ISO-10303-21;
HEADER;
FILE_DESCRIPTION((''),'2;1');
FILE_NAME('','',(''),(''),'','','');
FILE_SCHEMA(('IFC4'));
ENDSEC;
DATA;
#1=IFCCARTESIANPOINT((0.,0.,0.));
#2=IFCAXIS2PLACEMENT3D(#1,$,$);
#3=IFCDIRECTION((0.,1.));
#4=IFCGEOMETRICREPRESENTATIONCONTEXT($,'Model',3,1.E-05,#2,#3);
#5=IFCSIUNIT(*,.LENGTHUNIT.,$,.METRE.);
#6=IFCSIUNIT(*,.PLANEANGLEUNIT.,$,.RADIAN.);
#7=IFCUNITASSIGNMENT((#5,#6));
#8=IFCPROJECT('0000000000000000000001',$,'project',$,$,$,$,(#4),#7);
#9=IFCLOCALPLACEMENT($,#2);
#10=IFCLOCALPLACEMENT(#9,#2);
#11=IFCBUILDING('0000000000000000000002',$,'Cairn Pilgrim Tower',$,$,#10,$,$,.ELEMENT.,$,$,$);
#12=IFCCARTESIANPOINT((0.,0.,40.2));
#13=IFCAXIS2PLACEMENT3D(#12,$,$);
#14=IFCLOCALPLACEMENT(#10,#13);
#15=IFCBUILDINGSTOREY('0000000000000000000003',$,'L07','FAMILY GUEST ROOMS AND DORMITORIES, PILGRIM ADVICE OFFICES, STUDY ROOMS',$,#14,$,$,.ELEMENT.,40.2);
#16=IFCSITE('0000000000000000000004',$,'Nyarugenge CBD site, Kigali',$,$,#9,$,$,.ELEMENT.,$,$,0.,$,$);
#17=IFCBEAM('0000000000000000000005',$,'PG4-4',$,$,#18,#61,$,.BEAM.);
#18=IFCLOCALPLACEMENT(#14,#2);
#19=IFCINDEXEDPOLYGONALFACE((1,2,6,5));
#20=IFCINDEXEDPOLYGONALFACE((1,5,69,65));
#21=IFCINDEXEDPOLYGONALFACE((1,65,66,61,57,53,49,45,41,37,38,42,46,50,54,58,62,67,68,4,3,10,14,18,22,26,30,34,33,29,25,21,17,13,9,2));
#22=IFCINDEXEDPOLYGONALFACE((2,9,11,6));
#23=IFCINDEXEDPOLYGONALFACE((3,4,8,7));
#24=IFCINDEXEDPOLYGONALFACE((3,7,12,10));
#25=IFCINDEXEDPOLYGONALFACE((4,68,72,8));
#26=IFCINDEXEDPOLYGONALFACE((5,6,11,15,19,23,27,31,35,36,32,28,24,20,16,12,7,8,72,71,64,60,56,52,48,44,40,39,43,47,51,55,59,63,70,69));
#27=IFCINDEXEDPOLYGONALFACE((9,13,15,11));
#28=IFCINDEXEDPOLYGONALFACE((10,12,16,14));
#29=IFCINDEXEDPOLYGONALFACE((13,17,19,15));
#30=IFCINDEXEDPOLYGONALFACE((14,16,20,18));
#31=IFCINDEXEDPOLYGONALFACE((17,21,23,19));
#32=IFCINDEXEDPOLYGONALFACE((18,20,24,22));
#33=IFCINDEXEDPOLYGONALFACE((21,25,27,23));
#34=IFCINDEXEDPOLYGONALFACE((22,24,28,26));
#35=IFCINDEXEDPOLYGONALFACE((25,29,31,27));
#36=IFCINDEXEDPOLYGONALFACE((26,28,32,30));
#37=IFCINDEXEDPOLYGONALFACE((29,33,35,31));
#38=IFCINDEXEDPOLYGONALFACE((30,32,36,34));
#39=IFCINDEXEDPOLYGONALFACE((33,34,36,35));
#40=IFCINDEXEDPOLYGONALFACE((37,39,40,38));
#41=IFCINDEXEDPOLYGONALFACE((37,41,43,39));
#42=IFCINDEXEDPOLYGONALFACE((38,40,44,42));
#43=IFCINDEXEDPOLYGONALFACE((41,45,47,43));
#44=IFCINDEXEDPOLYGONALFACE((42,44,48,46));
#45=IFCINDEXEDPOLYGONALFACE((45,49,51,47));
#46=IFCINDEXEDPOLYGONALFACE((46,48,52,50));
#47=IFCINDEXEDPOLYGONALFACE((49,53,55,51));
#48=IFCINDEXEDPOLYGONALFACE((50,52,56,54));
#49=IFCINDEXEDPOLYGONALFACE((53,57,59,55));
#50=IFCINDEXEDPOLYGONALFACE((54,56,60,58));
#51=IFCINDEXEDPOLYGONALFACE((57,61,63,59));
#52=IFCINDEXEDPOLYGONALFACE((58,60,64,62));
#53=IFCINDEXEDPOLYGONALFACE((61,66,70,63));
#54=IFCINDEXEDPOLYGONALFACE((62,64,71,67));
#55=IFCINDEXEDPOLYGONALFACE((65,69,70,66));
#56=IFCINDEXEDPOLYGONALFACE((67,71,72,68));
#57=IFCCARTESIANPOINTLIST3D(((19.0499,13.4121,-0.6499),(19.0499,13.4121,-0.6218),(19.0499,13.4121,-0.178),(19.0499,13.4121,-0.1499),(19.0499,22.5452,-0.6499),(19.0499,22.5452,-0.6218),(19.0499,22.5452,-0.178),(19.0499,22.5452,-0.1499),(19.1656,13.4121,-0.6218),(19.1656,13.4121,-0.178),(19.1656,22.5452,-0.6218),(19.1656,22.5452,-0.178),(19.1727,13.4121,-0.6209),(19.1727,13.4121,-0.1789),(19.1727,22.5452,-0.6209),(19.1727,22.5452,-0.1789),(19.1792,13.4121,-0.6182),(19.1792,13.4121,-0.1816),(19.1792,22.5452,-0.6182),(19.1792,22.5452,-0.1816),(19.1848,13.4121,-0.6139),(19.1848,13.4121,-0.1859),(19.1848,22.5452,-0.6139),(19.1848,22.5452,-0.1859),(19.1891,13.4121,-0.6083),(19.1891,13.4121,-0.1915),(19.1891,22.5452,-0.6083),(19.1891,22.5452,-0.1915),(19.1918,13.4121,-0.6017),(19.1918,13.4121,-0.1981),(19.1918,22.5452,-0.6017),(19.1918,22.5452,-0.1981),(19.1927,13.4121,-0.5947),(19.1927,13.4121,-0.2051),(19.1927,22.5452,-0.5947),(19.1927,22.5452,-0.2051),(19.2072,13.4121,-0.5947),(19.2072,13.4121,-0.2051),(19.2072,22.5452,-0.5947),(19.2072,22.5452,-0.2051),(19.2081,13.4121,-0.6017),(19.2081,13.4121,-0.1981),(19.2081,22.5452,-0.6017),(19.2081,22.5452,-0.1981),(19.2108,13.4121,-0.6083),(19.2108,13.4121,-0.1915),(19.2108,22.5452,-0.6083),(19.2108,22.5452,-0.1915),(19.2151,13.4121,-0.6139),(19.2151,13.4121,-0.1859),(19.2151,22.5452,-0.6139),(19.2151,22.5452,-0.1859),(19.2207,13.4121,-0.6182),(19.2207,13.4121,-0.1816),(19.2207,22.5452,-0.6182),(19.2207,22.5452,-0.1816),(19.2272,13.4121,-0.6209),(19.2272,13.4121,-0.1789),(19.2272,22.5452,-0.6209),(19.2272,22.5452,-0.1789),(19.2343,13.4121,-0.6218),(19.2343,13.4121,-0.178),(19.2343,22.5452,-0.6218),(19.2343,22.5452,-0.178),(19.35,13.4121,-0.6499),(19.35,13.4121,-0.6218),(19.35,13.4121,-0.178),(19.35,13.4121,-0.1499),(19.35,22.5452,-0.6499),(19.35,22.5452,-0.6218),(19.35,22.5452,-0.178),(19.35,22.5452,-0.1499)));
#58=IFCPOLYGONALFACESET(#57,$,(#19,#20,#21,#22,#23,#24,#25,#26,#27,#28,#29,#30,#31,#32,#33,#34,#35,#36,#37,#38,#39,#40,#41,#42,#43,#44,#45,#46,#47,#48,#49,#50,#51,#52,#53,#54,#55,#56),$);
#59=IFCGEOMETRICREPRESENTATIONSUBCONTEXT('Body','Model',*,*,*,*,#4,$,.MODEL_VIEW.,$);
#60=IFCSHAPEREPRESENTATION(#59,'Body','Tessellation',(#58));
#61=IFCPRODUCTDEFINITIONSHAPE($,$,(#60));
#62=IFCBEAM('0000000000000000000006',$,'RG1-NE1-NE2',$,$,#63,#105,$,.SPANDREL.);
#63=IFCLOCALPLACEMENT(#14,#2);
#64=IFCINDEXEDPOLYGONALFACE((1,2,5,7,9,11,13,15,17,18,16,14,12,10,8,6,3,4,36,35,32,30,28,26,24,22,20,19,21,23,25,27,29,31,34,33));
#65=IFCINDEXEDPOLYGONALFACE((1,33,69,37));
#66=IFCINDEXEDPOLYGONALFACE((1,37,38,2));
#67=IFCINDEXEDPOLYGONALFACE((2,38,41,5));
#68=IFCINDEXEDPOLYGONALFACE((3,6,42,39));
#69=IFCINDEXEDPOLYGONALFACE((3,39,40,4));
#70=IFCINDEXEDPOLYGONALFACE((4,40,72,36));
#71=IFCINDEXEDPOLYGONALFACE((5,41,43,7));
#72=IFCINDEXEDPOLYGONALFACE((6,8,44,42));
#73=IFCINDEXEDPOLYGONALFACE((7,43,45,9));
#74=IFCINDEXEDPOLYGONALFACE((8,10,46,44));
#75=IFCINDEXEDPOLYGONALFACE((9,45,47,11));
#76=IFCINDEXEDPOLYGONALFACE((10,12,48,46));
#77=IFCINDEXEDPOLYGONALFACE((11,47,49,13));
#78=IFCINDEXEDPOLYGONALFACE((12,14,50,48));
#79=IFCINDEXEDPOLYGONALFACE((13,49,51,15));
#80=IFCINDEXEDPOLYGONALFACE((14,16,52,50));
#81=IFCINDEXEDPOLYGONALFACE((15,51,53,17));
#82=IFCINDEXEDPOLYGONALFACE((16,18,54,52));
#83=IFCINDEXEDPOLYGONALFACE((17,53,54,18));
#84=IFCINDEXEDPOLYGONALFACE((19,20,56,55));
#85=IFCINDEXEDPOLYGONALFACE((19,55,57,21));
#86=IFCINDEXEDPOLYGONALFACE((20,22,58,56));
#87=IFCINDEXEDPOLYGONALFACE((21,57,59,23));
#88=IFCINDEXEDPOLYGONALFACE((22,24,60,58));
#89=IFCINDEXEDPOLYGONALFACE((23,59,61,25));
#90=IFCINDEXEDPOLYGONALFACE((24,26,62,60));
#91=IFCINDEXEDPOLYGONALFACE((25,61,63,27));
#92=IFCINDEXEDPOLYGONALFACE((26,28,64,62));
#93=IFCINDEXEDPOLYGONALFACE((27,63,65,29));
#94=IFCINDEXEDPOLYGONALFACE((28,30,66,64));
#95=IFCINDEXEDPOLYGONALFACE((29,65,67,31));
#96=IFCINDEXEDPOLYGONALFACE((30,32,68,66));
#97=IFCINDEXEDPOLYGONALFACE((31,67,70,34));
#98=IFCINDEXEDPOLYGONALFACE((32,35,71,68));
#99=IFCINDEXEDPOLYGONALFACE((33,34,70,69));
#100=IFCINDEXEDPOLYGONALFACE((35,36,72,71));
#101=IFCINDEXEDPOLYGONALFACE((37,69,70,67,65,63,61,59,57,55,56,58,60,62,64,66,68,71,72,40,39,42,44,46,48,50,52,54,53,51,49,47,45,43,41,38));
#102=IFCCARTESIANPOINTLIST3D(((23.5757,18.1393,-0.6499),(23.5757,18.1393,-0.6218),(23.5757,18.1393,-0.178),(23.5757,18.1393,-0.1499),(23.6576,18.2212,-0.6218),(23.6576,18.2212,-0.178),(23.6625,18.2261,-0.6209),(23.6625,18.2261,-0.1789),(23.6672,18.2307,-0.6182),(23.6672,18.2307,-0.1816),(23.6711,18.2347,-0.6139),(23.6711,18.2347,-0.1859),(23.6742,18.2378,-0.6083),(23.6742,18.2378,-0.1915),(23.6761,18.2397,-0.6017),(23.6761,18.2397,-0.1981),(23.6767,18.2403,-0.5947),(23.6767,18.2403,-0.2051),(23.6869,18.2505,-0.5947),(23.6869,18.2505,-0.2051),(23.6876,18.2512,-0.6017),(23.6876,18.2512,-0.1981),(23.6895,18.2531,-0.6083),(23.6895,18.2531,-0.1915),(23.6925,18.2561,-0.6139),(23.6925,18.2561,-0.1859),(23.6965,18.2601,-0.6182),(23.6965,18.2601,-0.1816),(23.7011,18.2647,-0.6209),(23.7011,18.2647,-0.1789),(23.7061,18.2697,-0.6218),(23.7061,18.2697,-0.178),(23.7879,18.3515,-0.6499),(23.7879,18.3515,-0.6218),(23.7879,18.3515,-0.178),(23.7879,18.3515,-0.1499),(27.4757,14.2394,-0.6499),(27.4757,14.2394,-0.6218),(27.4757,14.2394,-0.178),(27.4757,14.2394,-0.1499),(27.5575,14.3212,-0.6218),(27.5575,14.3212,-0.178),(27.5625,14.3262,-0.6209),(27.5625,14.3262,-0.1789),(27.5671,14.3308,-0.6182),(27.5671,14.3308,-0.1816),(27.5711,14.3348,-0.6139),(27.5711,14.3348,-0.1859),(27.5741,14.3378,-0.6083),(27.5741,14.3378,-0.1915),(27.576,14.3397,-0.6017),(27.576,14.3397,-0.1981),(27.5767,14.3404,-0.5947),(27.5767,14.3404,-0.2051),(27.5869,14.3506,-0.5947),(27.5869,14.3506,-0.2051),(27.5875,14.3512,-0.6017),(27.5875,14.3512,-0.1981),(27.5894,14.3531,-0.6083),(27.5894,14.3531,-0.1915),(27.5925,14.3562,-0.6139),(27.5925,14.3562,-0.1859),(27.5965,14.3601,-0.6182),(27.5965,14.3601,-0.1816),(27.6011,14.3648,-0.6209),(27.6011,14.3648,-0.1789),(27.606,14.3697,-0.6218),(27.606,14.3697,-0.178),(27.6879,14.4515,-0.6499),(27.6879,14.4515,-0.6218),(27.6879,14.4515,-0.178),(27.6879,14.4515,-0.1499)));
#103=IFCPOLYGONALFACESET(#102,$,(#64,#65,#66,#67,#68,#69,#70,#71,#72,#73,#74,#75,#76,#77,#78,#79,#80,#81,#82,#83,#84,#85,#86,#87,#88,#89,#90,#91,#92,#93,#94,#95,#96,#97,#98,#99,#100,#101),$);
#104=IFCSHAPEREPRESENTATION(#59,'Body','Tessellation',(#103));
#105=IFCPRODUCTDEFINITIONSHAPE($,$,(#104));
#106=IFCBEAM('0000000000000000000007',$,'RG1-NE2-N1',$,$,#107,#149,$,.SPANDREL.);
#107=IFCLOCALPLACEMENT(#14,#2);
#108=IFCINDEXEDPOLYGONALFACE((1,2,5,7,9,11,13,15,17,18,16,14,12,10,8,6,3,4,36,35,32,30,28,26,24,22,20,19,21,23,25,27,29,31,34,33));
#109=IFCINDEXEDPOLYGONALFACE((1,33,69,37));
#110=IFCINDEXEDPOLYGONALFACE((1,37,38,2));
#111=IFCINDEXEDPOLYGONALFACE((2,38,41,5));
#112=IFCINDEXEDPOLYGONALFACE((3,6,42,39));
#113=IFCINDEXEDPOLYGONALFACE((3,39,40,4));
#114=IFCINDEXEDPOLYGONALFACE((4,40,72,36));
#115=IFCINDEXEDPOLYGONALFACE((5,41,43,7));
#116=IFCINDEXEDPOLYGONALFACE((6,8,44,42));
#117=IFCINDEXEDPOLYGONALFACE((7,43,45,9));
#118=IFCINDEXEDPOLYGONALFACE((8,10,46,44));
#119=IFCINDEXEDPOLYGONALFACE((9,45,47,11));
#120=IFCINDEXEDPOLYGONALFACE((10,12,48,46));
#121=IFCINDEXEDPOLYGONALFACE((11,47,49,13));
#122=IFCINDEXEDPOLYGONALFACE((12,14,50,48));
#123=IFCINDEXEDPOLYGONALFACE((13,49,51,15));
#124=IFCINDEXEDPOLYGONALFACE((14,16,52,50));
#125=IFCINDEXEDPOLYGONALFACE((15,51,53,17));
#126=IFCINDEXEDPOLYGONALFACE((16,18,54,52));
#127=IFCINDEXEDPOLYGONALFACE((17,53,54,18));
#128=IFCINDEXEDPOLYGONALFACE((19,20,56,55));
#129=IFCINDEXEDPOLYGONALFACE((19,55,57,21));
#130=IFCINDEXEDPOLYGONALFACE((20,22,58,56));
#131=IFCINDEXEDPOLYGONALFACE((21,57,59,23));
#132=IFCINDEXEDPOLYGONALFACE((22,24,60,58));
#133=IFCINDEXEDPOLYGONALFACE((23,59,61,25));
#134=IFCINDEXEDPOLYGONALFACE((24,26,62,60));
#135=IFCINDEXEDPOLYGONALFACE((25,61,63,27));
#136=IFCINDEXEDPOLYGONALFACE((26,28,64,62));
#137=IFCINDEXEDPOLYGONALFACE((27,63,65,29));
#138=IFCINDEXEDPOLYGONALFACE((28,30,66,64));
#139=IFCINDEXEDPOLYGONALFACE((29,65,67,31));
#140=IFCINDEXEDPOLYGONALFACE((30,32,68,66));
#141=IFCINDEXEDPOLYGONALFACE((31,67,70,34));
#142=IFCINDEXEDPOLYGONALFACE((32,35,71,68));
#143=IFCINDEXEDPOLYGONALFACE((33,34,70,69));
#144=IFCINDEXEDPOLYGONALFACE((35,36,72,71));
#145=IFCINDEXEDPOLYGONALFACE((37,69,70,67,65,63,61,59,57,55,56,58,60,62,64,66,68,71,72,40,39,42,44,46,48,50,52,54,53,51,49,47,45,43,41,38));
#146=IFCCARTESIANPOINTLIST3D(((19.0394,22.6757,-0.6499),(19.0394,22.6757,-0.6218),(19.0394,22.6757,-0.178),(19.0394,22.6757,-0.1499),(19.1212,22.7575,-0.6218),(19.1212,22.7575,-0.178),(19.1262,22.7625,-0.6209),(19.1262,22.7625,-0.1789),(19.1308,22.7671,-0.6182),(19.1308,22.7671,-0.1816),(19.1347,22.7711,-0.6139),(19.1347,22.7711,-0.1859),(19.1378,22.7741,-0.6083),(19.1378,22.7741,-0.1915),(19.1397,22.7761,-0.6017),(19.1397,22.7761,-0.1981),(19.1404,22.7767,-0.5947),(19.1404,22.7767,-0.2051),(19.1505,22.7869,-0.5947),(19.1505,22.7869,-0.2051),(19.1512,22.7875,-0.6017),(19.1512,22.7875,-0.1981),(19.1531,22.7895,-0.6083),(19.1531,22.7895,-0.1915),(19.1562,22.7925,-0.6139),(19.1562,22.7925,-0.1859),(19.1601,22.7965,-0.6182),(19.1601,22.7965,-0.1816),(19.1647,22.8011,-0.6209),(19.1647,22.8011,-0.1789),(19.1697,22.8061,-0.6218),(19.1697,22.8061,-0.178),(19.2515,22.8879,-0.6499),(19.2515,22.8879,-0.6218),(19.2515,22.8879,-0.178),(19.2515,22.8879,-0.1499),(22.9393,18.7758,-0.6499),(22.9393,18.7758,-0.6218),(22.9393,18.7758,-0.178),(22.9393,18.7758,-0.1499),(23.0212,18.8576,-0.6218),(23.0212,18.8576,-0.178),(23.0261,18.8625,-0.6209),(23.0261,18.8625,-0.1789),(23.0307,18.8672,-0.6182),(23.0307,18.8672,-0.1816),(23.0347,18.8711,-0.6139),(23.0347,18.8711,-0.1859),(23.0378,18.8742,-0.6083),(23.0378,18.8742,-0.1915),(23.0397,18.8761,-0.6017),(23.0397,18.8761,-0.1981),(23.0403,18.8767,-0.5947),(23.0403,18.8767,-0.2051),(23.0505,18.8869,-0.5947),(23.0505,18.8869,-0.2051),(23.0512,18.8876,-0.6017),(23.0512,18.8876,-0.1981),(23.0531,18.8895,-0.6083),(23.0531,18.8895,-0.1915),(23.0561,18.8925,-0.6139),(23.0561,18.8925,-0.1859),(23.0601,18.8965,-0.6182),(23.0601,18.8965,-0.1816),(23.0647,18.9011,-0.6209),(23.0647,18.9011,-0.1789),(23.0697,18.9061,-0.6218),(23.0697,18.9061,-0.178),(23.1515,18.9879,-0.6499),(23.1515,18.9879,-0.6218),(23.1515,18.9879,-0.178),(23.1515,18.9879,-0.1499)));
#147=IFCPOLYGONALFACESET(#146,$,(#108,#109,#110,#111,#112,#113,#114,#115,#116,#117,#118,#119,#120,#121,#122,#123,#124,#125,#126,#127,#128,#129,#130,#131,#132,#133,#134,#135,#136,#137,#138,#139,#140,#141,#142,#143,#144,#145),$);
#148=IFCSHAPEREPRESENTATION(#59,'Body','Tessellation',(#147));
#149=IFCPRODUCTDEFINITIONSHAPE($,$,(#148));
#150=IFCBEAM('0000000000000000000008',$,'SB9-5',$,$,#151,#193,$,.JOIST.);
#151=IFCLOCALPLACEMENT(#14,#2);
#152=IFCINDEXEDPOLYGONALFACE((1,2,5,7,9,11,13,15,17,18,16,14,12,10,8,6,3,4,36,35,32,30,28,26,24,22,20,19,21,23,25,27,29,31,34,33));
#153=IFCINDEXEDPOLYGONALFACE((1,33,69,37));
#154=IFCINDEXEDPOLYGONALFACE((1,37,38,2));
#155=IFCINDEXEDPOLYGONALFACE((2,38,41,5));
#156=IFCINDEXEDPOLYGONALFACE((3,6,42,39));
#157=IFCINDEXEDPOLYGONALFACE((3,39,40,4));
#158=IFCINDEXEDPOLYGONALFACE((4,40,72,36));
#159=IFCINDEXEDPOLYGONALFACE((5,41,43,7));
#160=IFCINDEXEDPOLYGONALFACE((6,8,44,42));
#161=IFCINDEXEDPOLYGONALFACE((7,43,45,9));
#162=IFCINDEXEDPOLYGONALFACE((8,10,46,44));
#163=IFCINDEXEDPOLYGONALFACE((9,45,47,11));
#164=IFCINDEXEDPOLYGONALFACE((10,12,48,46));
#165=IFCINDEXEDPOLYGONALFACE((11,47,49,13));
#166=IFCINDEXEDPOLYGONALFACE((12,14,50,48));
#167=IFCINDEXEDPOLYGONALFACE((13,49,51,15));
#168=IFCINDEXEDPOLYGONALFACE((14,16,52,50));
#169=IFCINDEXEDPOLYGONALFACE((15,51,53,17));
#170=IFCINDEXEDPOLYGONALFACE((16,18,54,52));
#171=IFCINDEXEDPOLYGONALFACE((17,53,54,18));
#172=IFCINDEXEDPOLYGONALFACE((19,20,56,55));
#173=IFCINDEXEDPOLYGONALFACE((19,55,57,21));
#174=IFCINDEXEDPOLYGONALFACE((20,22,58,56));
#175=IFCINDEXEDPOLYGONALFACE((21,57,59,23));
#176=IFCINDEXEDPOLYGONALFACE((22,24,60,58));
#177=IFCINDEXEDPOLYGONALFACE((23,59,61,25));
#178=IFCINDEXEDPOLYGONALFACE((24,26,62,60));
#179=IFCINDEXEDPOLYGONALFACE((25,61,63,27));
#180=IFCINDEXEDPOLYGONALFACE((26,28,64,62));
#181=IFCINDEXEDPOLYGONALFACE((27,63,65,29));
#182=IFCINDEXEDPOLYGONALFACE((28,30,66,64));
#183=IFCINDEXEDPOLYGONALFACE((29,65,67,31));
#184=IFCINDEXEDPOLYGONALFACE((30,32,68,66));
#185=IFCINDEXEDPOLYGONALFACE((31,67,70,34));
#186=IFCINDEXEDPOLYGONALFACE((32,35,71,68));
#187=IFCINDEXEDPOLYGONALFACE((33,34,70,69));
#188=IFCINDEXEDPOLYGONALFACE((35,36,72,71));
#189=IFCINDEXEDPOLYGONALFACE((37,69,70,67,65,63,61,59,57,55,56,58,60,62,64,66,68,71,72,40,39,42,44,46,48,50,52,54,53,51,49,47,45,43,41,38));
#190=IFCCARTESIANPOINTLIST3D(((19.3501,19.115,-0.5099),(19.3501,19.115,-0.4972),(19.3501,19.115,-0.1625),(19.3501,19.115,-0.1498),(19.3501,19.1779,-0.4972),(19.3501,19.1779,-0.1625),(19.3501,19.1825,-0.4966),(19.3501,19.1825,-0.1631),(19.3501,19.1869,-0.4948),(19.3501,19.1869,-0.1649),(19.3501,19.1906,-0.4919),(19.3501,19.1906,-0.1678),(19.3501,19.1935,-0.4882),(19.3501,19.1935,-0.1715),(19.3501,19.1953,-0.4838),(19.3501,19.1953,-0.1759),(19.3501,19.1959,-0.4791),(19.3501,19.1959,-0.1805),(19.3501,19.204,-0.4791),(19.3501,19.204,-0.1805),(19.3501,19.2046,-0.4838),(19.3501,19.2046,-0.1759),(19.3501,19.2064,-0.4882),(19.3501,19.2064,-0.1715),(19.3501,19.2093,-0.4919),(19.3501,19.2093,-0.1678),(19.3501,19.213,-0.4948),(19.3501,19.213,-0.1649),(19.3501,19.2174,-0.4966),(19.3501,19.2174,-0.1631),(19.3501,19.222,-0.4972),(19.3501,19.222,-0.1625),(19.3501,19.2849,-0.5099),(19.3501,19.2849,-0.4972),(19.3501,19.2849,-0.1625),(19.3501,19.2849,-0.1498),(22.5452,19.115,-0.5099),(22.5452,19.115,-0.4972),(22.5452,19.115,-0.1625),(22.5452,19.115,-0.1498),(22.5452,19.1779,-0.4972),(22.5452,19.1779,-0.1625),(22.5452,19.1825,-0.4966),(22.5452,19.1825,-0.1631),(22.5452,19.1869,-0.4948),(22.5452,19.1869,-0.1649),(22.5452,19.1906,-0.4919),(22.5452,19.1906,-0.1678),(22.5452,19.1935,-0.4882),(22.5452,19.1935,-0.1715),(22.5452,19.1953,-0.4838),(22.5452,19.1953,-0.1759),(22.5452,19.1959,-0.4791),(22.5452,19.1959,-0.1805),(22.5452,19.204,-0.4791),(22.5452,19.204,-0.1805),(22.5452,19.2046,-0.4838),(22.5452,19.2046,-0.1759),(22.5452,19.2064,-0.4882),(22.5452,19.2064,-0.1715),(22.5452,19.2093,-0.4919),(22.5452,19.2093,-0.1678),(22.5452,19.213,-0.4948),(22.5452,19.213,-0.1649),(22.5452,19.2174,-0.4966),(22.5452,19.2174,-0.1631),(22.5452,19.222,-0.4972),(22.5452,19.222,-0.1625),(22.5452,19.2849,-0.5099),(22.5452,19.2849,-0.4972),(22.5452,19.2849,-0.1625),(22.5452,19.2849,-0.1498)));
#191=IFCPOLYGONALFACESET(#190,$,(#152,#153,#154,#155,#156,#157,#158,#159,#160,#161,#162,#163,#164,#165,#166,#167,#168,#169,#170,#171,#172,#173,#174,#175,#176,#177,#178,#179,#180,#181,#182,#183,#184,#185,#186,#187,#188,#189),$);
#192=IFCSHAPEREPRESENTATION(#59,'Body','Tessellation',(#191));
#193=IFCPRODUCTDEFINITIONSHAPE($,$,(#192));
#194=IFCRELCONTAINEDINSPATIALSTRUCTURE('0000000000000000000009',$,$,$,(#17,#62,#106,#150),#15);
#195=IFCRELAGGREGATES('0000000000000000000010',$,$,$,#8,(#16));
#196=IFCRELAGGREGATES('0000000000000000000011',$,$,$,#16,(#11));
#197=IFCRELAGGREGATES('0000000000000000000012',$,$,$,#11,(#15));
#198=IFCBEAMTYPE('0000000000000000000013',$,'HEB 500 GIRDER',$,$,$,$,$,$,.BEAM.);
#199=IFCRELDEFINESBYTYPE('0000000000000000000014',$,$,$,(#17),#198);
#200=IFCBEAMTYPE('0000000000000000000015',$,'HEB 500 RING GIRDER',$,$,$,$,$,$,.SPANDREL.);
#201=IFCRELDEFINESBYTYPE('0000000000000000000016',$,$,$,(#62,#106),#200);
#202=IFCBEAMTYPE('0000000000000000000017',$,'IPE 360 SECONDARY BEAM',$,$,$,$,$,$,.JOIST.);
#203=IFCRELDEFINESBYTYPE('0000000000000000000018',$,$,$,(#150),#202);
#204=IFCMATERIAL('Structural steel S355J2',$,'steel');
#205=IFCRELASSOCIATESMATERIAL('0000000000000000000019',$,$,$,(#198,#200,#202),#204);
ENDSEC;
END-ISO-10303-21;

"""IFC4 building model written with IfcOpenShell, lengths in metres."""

from ifc_helpers import new_model, si_unit, direction, frame, origin, origin_2d, place, context, subcontext, project, spatial, i_section, extrude, material, material_profile, profile_set, type_object, element, save


model = new_model("IFC4")

# Units and contexts
model_context = context("Model", 3, precision=1e-05, world=origin(), true_north=direction((0.0, 1.0)))
body_context = subcontext(model_context, "Body", "Model", "MODEL_VIEW")
ifc_project = project(units=[si_unit("LENGTHUNIT", "METRE"), si_unit("PLANEANGLEUNIT", "RADIAN")], contexts=[model_context])

# Site, building, storey
site_placement = place(None, origin())
site = spatial("IfcSite", under=ifc_project, at=site_placement, Name="Nyarugenge CBD site, Kigali", CompositionType="ELEMENT", RefElevation=0.0)
building_placement = place(site_placement, origin())
building = spatial("IfcBuilding", under=site, at=building_placement, Name="Cairn Pilgrim Tower", CompositionType="ELEMENT")
storey_placement = place(building_placement, frame((0.0, 0.0, 40.2)))
storey = spatial("IfcBuildingStorey", under=building, at=storey_placement, Name="L07", Description="FAMILY GUEST ROOMS AND DORMITORIES, PILGRIM ADVICE OFFICES, STUDY ROOMS", CompositionType="ELEMENT", Elevation=40.2)

# Beams
ifc_material_1 = material(Name="Structural steel S355J2", Category="steel")
ifc_material_profile_1 = material_profile(ifc_material_1, i_section(OverallWidth=0.3, OverallDepth=0.5, WebThickness=0.0144, FlangeThickness=0.0281, FilletRadius=0.0271, at=origin_2d()), Name="HEB 500")
ifc_profile_set_1 = profile_set([ifc_material_profile_1], Name="Structural steel S355J2")
beam_type_1 = type_object("IfcBeamType", Name="HEB 500 GIRDER", PredefinedType="BEAM", material=ifc_profile_set_1)
beam_1_placement = place(storey_placement, frame((19.2, 13.4121, -0.3999), z_axis=(0.0, 1.0, 0.0), x_axis=(-1.0, 0.0, 0.0)))
element("IfcBeam", 1, at=beam_1_placement, inside=storey, type_object=beam_type_1, Name="PG4-4", PredefinedType="BEAM", context=body_context, shape_type="SweptSolid", body=[
    extrude(i_section(OverallWidth=0.3, OverallDepth=0.5, WebThickness=0.0144, FlangeThickness=0.0281, FilletRadius=0.0271, at=origin_2d()), origin(), (0.0, 0.0, 1.0), 9.1331),
])
ifc_material_profile_2 = material_profile(ifc_material_1, i_section(OverallWidth=0.3, OverallDepth=0.5, WebThickness=0.0144, FlangeThickness=0.0281, FilletRadius=0.0271, at=origin_2d()), Name="HEB 500")
ifc_profile_set_2 = profile_set([ifc_material_profile_2], Name="Structural steel S355J2")
beam_type_2 = type_object("IfcBeamType", Name="HEB 500 RING GIRDER", PredefinedType="SPANDREL", material=ifc_profile_set_2)
for number, where, z_axis, x_axis, name in (
    (2, (27.5818, 14.3455, -0.3999), (-0.707107, 0.707107, 0.0), (-0.707107, -0.707107, 0.0), "RG1-NE1-NE2"),
    (3, (23.0454, 18.8818, -0.3999), (-0.707107, 0.707107, 0.0), (-0.707107, -0.707107, 0.0), "RG1-NE2-N1"),
):
    element("IfcBeam", number, at=place(storey_placement, frame(where, z_axis=z_axis, x_axis=x_axis)), inside=storey, type_object=beam_type_2, Name=name, PredefinedType="SPANDREL", context=body_context, shape_type="SweptSolid", body=[
        extrude(i_section(OverallWidth=0.3, OverallDepth=0.5, WebThickness=0.0144, FlangeThickness=0.0281, FilletRadius=0.0271, at=origin_2d()), origin(), (0.0, 0.0, 1.0), 5.5154),
    ])
ifc_material_profile_3 = material_profile(ifc_material_1, i_section(OverallWidth=0.1699, OverallDepth=0.3601, WebThickness=0.0081, FlangeThickness=0.0127, FilletRadius=0.0181, at=origin_2d()), Name="IPE 360")
ifc_profile_set_3 = profile_set([ifc_material_profile_3], Name="Structural steel S355J2")
beam_type_3 = type_object("IfcBeamType", Name="IPE 360 SECONDARY BEAM", PredefinedType="JOIST", material=ifc_profile_set_3)
beam_2_placement = place(storey_placement, frame((19.3501, 19.2, -0.3298), z_axis=(1.0, 0.0, 0.0), x_axis=(0.0, 1.0, 0.0)))
element("IfcBeam", 4, at=beam_2_placement, inside=storey, type_object=beam_type_3, Name="SB9-5", PredefinedType="JOIST", context=body_context, shape_type="SweptSolid", body=[
    extrude(i_section(OverallWidth=0.1699, OverallDepth=0.3601, WebThickness=0.0081, FlangeThickness=0.0127, FilletRadius=0.0181, at=origin_2d()), origin(), (0.0, 0.0, 1.0), 3.1951),
])

save(model, "model.ifc")
